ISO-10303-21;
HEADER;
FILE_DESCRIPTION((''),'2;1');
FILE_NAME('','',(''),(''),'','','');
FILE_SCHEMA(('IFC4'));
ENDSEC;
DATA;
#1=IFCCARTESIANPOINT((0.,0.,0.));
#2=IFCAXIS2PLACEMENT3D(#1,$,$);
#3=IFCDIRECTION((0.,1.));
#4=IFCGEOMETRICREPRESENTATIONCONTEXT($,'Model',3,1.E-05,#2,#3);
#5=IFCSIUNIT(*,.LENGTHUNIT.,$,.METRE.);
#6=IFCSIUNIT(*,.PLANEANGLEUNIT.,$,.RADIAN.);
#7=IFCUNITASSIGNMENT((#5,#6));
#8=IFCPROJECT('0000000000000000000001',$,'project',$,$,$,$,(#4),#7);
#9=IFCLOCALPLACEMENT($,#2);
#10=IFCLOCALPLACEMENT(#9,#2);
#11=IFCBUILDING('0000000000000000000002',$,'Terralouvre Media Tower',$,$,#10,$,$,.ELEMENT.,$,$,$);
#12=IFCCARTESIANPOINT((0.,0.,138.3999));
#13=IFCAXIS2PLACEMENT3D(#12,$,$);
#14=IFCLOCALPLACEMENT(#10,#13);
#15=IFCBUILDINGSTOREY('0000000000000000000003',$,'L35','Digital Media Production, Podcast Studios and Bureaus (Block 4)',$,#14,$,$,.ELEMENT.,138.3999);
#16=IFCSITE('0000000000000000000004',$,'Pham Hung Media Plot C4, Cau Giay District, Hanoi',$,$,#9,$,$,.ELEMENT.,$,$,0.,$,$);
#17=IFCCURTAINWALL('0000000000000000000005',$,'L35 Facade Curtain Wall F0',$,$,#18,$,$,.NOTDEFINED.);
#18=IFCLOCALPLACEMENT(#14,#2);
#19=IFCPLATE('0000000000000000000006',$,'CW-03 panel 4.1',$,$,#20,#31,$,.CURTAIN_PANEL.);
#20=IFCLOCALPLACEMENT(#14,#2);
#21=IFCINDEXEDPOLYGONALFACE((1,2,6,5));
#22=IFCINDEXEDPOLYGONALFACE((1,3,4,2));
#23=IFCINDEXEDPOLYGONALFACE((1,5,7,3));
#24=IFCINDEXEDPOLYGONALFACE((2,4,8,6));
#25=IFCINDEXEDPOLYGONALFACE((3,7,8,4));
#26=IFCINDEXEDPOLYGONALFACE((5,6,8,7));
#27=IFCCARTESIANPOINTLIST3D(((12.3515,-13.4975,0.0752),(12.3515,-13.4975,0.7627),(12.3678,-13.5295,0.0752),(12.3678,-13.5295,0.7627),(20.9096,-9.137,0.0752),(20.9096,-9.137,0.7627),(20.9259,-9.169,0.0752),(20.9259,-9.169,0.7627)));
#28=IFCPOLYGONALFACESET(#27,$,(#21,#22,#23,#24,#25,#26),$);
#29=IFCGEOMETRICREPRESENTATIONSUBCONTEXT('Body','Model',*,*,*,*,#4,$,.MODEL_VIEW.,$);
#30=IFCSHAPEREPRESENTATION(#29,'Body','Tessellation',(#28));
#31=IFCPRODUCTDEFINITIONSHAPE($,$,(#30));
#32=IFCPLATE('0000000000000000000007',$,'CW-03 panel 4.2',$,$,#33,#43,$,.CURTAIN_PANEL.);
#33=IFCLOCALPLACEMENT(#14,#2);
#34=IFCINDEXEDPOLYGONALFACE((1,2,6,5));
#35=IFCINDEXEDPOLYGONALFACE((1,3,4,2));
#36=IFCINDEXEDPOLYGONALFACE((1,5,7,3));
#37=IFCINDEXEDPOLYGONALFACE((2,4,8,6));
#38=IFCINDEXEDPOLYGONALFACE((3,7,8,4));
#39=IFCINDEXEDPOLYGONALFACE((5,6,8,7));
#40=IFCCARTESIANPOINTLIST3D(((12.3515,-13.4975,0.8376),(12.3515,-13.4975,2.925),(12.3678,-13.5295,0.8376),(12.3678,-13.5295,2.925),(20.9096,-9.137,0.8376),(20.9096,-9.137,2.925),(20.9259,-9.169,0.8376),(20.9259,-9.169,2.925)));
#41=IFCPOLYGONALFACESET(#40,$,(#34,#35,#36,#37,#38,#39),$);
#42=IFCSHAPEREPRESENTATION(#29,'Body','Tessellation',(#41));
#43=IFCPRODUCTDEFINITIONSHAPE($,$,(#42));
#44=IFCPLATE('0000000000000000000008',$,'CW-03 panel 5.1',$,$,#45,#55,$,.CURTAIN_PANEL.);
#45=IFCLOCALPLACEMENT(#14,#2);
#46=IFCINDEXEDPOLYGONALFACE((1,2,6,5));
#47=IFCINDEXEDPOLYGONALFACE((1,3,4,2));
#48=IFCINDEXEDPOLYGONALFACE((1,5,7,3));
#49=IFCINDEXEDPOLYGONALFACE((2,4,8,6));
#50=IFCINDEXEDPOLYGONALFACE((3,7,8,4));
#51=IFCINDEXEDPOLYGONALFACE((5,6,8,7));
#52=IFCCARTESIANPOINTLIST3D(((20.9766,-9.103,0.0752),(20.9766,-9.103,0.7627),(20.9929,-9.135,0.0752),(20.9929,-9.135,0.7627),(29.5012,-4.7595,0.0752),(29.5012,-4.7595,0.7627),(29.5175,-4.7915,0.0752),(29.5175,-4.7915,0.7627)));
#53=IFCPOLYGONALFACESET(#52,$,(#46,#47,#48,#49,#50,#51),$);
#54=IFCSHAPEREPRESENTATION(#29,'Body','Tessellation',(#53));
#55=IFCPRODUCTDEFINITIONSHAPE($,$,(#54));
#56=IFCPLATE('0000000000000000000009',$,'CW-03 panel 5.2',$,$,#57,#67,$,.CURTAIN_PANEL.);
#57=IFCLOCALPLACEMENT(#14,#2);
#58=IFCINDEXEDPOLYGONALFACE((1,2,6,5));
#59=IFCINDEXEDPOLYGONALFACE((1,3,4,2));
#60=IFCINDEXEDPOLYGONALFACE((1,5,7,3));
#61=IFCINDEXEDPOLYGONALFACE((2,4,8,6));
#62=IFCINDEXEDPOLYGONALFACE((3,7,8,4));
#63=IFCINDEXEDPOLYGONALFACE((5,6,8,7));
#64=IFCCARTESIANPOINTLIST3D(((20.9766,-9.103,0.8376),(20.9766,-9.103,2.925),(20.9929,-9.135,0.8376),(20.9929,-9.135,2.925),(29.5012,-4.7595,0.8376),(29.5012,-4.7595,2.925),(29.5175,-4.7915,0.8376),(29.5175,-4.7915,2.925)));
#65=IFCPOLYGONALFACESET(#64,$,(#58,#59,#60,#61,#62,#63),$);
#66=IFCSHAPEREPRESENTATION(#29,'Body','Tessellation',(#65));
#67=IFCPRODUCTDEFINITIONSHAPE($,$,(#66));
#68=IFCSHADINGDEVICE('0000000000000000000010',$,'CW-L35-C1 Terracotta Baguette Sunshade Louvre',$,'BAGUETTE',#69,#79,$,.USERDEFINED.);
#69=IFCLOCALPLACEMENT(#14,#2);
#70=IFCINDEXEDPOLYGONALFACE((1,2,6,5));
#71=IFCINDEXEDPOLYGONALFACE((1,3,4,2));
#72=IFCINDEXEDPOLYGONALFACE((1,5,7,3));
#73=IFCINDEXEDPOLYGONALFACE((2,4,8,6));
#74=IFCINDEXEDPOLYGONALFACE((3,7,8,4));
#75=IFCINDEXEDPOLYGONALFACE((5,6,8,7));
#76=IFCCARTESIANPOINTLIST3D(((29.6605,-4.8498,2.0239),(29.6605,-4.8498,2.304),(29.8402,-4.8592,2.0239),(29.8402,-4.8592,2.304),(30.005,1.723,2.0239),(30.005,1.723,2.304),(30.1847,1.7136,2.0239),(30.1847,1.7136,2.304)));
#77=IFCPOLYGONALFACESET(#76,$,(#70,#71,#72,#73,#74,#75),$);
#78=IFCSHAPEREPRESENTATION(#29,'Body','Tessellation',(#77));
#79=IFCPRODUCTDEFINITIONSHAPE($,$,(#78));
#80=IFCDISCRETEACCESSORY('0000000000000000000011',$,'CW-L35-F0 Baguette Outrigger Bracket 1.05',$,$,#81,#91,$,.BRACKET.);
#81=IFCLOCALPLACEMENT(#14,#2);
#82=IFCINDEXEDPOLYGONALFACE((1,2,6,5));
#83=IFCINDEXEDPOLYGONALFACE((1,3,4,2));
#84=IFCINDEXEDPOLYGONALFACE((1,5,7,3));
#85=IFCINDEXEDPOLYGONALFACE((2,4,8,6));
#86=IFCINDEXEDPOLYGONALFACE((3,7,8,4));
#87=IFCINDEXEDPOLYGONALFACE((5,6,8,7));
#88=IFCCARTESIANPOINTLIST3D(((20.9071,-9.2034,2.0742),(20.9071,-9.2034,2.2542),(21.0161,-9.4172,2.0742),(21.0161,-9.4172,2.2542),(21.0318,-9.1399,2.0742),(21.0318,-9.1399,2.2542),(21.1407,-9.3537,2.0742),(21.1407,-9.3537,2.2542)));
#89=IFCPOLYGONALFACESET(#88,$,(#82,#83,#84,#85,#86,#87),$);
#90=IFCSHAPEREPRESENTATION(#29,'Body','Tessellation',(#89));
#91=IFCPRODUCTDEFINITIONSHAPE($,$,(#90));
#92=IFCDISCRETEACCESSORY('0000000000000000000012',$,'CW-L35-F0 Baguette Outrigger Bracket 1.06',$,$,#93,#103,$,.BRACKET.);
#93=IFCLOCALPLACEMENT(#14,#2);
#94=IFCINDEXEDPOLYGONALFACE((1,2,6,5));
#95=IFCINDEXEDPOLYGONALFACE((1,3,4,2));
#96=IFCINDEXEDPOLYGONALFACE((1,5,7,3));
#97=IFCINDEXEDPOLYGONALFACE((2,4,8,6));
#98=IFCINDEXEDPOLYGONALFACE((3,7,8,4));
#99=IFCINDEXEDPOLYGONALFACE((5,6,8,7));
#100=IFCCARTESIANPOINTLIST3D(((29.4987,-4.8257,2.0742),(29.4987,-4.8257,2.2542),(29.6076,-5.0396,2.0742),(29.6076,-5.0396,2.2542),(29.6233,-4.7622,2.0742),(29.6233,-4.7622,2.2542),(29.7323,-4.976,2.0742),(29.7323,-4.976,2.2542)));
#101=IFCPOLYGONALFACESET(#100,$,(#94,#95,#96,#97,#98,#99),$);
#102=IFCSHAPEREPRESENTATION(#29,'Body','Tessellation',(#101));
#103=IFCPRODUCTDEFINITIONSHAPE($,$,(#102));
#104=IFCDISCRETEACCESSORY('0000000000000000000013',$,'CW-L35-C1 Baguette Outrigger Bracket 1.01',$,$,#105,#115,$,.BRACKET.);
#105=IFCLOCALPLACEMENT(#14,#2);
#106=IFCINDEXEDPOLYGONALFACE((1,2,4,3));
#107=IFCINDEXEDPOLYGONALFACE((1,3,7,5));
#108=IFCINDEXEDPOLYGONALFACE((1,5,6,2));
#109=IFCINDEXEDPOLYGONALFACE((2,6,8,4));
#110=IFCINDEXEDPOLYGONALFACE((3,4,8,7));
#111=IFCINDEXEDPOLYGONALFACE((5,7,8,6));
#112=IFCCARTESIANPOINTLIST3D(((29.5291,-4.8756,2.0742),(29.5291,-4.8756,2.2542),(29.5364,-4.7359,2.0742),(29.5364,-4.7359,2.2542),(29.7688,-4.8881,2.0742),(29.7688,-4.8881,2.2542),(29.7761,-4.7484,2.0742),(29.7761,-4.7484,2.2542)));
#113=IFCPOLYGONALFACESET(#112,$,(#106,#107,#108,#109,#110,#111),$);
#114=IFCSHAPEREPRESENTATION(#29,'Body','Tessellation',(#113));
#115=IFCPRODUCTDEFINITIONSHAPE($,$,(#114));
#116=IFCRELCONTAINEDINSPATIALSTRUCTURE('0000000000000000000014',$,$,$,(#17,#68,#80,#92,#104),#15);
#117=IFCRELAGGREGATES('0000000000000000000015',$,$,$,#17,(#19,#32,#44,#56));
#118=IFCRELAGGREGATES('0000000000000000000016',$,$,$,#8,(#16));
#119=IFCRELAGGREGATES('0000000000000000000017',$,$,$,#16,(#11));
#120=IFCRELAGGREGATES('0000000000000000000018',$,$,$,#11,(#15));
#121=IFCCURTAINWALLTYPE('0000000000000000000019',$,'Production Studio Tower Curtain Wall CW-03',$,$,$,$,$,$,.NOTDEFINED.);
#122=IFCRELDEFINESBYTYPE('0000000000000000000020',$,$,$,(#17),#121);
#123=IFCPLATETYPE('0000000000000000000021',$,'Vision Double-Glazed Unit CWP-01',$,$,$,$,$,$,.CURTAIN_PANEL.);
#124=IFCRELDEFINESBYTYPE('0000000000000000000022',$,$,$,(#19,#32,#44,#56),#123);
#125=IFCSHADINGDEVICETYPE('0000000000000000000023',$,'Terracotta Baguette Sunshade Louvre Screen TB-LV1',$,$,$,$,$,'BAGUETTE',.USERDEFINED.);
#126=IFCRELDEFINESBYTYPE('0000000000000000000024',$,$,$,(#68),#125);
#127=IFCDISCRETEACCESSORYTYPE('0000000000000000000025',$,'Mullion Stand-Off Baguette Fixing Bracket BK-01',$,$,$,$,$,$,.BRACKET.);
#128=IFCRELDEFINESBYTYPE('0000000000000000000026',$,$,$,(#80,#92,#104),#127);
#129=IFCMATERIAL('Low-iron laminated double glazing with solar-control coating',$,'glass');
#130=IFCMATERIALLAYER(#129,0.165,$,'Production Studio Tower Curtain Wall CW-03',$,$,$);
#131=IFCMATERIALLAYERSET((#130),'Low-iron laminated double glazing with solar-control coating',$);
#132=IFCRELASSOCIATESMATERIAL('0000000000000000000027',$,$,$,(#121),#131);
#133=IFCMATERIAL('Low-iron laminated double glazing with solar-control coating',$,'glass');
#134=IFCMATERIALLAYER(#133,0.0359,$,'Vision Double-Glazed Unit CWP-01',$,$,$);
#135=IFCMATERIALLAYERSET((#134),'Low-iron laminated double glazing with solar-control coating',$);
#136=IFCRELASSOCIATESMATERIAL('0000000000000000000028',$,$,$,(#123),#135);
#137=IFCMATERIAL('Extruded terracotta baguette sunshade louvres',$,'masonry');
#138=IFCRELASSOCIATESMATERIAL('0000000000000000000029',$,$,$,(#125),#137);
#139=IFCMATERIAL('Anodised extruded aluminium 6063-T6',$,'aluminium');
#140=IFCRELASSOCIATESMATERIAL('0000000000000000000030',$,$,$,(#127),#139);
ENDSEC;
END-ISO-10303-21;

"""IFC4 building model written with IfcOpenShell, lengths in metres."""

from ifc_helpers import new_model, si_unit, direction, frame, origin, origin_2d, place, context, subcontext, project, spatial, rectangle, extrude, material, layer, layer_set, type_object, element, aggregate, save


model = new_model("IFC4")

# Units and contexts
model_context = context("Model", 3, precision=1e-05, world=origin(), true_north=direction((0.0, 1.0)))
body_context = subcontext(model_context, "Body", "Model", "MODEL_VIEW")
ifc_project = project(units=[si_unit("LENGTHUNIT", "METRE"), si_unit("PLANEANGLEUNIT", "RADIAN")], contexts=[model_context])

# Site, building, storey
site_placement = place(None, origin())
site = spatial("IfcSite", under=ifc_project, at=site_placement, Name="Pham Hung Media Plot C4, Cau Giay District, Hanoi", CompositionType="ELEMENT", RefElevation=0.0)
building_placement = place(site_placement, origin())
building = spatial("IfcBuilding", under=site, at=building_placement, Name="Terralouvre Media Tower", CompositionType="ELEMENT")
storey_placement = place(building_placement, frame((0.0, 0.0, 138.3999)))
storey = spatial("IfcBuildingStorey", under=building, at=storey_placement, Name="L35", Description="Digital Media Production, Podcast Studios and Bureaus (Block 4)", CompositionType="ELEMENT", Elevation=138.3999)

# Curtain wall
ifc_material_1 = material(Name="Low-iron laminated double glazing with solar-control coating", Category="glass")
ifc_layer_1 = layer(ifc_material_1, 0.165, Name="Production Studio Tower Curtain Wall CW-03")
ifc_layer_set_1 = layer_set([ifc_layer_1], Name="Low-iron laminated double glazing with solar-control coating")
curtain_wall_type_1 = type_object("IfcCurtainWallType", Name="Production Studio Tower Curtain Wall CW-03", PredefinedType="NOTDEFINED", material=ifc_layer_set_1)
curtain_wall_1_placement = place(storey_placement, origin())
curtain_wall_1 = element("IfcCurtainWall", 1, at=curtain_wall_1_placement, inside=storey, type_object=curtain_wall_type_1, Name="L35 Facade Curtain Wall F0", PredefinedType="NOTDEFINED")

# Plates
ifc_material_2 = material(Name="Low-iron laminated double glazing with solar-control coating", Category="glass")
ifc_layer_2 = layer(ifc_material_2, 0.0359, Name="Vision Double-Glazed Unit CWP-01")
ifc_layer_set_2 = layer_set([ifc_layer_2], Name="Low-iron laminated double glazing with solar-control coating")
plate_type_1 = type_object("IfcPlateType", Name="Vision Double-Glazed Unit CWP-01", PredefinedType="CURTAIN_PANEL", material=ifc_layer_set_2)
plate_1_placement = place(storey_placement, frame((16.6387, -11.3333, 0.0752), z_axis=(0.0, 0.0, 1.0), x_axis=(0.891007, 0.453991, 0.0)))
plate_1 = element("IfcPlate", 2, at=plate_1_placement, type_object=plate_type_1, Name="CW-03 panel 4.1", PredefinedType="CURTAIN_PANEL", context=body_context, shape_type="SweptSolid", body=[
    extrude(rectangle(XDim=9.605, YDim=0.0359, at=origin_2d()), origin(), (0.0, 0.0, 1.0), 0.6875),
])
plate_2_placement = place(storey_placement, frame((16.6387, -11.3333, 0.8376), z_axis=(0.0, 0.0, 1.0), x_axis=(0.891007, 0.453991, 0.0)))
plate_2 = element("IfcPlate", 3, at=plate_2_placement, type_object=plate_type_1, Name="CW-03 panel 4.2", PredefinedType="CURTAIN_PANEL", context=body_context, shape_type="SweptSolid", body=[
    extrude(rectangle(XDim=9.605, YDim=0.0359, at=origin_2d()), origin(), (0.0, 0.0, 1.0), 2.0874),
])
plate_3_placement = place(storey_placement, frame((25.2471, -6.9473, 0.0752), z_axis=(0.0, 0.0, 1.0), x_axis=(0.891007, 0.453991, 0.0)))
plate_3 = element("IfcPlate", 4, at=plate_3_placement, type_object=plate_type_1, Name="CW-03 panel 5.1", PredefinedType="CURTAIN_PANEL", context=body_context, shape_type="SweptSolid", body=[
    extrude(rectangle(XDim=9.5674, YDim=0.0359, at=origin_2d()), origin(), (0.0, 0.0, 1.0), 0.6875),
])
plate_4_placement = place(storey_placement, frame((25.2471, -6.9473, 0.8376), z_axis=(0.0, 0.0, 1.0), x_axis=(0.891007, 0.453991, 0.0)))
plate_4 = element("IfcPlate", 5, at=plate_4_placement, type_object=plate_type_1, Name="CW-03 panel 5.2", PredefinedType="CURTAIN_PANEL", context=body_context, shape_type="SweptSolid", body=[
    extrude(rectangle(XDim=9.5674, YDim=0.0359, at=origin_2d()), origin(), (0.0, 0.0, 1.0), 2.0874),
])
aggregate(curtain_wall_1, [plate_1, plate_2, plate_3, plate_4])

# Shading device
ifc_material_3 = material(Name="Extruded terracotta baguette sunshade louvres", Category="masonry")
shading_device_type = type_object("IfcShadingDeviceType", Name="Terracotta Baguette Sunshade Louvre Screen TB-LV1", ElementType="BAGUETTE", PredefinedType="USERDEFINED", material=ifc_material_3)
shading_device_placement = place(storey_placement, frame((29.9226, -1.5681, 2.0239), z_axis=(0.0, 0.0, 1.0), x_axis=(0.052337, 0.998629, 0.0)))
element("IfcShadingDevice", 6, at=shading_device_placement, inside=storey, type_object=shading_device_type, Name="CW-L35-C1 Terracotta Baguette Sunshade Louvre", ObjectType="BAGUETTE", PredefinedType="USERDEFINED", context=body_context, shape_type="SweptSolid", body=[
    extrude(rectangle(XDim=6.5818, YDim=0.1799, at=origin_2d()), origin(), (0.0, 0.0, 1.0), 0.28),
])

# Discrete accessories
ifc_material_4 = material(Name="Anodised extruded aluminium 6063-T6", Category="aluminium")
discrete_accessory_type = type_object("IfcDiscreteAccessoryType", Name="Mullion Stand-Off Baguette Fixing Bracket BK-01", PredefinedType="BRACKET", material=ifc_material_4)
for number, where, z_axis, x_axis, name in (
    (7, (21.0239, -9.2786, 2.0742), (0.0, 0.0, 1.0), (0.891007, 0.453991, 0.0), "CW-L35-F0 Baguette Outrigger Bracket 1.05"),
    (8, (29.6155, -4.9009, 2.0742), (0.0, 0.0, 1.0), (0.891007, 0.453991, 0.0), "CW-L35-F0 Baguette Outrigger Bracket 1.06"),
    (9, (29.6526, -4.812, 2.0742), (0.0, 0.0, 1.0), (0.052337, 0.998629, 0.0), "CW-L35-C1 Baguette Outrigger Bracket 1.01"),
):
    element("IfcDiscreteAccessory", number, at=place(storey_placement, frame(where, z_axis=z_axis, x_axis=x_axis)), inside=storey, type_object=discrete_accessory_type, Name=name, PredefinedType="BRACKET", context=body_context, shape_type="SweptSolid", body=[
        extrude(rectangle(XDim=0.1399, YDim=0.24, at=origin_2d()), origin(), (0.0, 0.0, 1.0), 0.1799),
    ])

save(model, "model.ifc")
